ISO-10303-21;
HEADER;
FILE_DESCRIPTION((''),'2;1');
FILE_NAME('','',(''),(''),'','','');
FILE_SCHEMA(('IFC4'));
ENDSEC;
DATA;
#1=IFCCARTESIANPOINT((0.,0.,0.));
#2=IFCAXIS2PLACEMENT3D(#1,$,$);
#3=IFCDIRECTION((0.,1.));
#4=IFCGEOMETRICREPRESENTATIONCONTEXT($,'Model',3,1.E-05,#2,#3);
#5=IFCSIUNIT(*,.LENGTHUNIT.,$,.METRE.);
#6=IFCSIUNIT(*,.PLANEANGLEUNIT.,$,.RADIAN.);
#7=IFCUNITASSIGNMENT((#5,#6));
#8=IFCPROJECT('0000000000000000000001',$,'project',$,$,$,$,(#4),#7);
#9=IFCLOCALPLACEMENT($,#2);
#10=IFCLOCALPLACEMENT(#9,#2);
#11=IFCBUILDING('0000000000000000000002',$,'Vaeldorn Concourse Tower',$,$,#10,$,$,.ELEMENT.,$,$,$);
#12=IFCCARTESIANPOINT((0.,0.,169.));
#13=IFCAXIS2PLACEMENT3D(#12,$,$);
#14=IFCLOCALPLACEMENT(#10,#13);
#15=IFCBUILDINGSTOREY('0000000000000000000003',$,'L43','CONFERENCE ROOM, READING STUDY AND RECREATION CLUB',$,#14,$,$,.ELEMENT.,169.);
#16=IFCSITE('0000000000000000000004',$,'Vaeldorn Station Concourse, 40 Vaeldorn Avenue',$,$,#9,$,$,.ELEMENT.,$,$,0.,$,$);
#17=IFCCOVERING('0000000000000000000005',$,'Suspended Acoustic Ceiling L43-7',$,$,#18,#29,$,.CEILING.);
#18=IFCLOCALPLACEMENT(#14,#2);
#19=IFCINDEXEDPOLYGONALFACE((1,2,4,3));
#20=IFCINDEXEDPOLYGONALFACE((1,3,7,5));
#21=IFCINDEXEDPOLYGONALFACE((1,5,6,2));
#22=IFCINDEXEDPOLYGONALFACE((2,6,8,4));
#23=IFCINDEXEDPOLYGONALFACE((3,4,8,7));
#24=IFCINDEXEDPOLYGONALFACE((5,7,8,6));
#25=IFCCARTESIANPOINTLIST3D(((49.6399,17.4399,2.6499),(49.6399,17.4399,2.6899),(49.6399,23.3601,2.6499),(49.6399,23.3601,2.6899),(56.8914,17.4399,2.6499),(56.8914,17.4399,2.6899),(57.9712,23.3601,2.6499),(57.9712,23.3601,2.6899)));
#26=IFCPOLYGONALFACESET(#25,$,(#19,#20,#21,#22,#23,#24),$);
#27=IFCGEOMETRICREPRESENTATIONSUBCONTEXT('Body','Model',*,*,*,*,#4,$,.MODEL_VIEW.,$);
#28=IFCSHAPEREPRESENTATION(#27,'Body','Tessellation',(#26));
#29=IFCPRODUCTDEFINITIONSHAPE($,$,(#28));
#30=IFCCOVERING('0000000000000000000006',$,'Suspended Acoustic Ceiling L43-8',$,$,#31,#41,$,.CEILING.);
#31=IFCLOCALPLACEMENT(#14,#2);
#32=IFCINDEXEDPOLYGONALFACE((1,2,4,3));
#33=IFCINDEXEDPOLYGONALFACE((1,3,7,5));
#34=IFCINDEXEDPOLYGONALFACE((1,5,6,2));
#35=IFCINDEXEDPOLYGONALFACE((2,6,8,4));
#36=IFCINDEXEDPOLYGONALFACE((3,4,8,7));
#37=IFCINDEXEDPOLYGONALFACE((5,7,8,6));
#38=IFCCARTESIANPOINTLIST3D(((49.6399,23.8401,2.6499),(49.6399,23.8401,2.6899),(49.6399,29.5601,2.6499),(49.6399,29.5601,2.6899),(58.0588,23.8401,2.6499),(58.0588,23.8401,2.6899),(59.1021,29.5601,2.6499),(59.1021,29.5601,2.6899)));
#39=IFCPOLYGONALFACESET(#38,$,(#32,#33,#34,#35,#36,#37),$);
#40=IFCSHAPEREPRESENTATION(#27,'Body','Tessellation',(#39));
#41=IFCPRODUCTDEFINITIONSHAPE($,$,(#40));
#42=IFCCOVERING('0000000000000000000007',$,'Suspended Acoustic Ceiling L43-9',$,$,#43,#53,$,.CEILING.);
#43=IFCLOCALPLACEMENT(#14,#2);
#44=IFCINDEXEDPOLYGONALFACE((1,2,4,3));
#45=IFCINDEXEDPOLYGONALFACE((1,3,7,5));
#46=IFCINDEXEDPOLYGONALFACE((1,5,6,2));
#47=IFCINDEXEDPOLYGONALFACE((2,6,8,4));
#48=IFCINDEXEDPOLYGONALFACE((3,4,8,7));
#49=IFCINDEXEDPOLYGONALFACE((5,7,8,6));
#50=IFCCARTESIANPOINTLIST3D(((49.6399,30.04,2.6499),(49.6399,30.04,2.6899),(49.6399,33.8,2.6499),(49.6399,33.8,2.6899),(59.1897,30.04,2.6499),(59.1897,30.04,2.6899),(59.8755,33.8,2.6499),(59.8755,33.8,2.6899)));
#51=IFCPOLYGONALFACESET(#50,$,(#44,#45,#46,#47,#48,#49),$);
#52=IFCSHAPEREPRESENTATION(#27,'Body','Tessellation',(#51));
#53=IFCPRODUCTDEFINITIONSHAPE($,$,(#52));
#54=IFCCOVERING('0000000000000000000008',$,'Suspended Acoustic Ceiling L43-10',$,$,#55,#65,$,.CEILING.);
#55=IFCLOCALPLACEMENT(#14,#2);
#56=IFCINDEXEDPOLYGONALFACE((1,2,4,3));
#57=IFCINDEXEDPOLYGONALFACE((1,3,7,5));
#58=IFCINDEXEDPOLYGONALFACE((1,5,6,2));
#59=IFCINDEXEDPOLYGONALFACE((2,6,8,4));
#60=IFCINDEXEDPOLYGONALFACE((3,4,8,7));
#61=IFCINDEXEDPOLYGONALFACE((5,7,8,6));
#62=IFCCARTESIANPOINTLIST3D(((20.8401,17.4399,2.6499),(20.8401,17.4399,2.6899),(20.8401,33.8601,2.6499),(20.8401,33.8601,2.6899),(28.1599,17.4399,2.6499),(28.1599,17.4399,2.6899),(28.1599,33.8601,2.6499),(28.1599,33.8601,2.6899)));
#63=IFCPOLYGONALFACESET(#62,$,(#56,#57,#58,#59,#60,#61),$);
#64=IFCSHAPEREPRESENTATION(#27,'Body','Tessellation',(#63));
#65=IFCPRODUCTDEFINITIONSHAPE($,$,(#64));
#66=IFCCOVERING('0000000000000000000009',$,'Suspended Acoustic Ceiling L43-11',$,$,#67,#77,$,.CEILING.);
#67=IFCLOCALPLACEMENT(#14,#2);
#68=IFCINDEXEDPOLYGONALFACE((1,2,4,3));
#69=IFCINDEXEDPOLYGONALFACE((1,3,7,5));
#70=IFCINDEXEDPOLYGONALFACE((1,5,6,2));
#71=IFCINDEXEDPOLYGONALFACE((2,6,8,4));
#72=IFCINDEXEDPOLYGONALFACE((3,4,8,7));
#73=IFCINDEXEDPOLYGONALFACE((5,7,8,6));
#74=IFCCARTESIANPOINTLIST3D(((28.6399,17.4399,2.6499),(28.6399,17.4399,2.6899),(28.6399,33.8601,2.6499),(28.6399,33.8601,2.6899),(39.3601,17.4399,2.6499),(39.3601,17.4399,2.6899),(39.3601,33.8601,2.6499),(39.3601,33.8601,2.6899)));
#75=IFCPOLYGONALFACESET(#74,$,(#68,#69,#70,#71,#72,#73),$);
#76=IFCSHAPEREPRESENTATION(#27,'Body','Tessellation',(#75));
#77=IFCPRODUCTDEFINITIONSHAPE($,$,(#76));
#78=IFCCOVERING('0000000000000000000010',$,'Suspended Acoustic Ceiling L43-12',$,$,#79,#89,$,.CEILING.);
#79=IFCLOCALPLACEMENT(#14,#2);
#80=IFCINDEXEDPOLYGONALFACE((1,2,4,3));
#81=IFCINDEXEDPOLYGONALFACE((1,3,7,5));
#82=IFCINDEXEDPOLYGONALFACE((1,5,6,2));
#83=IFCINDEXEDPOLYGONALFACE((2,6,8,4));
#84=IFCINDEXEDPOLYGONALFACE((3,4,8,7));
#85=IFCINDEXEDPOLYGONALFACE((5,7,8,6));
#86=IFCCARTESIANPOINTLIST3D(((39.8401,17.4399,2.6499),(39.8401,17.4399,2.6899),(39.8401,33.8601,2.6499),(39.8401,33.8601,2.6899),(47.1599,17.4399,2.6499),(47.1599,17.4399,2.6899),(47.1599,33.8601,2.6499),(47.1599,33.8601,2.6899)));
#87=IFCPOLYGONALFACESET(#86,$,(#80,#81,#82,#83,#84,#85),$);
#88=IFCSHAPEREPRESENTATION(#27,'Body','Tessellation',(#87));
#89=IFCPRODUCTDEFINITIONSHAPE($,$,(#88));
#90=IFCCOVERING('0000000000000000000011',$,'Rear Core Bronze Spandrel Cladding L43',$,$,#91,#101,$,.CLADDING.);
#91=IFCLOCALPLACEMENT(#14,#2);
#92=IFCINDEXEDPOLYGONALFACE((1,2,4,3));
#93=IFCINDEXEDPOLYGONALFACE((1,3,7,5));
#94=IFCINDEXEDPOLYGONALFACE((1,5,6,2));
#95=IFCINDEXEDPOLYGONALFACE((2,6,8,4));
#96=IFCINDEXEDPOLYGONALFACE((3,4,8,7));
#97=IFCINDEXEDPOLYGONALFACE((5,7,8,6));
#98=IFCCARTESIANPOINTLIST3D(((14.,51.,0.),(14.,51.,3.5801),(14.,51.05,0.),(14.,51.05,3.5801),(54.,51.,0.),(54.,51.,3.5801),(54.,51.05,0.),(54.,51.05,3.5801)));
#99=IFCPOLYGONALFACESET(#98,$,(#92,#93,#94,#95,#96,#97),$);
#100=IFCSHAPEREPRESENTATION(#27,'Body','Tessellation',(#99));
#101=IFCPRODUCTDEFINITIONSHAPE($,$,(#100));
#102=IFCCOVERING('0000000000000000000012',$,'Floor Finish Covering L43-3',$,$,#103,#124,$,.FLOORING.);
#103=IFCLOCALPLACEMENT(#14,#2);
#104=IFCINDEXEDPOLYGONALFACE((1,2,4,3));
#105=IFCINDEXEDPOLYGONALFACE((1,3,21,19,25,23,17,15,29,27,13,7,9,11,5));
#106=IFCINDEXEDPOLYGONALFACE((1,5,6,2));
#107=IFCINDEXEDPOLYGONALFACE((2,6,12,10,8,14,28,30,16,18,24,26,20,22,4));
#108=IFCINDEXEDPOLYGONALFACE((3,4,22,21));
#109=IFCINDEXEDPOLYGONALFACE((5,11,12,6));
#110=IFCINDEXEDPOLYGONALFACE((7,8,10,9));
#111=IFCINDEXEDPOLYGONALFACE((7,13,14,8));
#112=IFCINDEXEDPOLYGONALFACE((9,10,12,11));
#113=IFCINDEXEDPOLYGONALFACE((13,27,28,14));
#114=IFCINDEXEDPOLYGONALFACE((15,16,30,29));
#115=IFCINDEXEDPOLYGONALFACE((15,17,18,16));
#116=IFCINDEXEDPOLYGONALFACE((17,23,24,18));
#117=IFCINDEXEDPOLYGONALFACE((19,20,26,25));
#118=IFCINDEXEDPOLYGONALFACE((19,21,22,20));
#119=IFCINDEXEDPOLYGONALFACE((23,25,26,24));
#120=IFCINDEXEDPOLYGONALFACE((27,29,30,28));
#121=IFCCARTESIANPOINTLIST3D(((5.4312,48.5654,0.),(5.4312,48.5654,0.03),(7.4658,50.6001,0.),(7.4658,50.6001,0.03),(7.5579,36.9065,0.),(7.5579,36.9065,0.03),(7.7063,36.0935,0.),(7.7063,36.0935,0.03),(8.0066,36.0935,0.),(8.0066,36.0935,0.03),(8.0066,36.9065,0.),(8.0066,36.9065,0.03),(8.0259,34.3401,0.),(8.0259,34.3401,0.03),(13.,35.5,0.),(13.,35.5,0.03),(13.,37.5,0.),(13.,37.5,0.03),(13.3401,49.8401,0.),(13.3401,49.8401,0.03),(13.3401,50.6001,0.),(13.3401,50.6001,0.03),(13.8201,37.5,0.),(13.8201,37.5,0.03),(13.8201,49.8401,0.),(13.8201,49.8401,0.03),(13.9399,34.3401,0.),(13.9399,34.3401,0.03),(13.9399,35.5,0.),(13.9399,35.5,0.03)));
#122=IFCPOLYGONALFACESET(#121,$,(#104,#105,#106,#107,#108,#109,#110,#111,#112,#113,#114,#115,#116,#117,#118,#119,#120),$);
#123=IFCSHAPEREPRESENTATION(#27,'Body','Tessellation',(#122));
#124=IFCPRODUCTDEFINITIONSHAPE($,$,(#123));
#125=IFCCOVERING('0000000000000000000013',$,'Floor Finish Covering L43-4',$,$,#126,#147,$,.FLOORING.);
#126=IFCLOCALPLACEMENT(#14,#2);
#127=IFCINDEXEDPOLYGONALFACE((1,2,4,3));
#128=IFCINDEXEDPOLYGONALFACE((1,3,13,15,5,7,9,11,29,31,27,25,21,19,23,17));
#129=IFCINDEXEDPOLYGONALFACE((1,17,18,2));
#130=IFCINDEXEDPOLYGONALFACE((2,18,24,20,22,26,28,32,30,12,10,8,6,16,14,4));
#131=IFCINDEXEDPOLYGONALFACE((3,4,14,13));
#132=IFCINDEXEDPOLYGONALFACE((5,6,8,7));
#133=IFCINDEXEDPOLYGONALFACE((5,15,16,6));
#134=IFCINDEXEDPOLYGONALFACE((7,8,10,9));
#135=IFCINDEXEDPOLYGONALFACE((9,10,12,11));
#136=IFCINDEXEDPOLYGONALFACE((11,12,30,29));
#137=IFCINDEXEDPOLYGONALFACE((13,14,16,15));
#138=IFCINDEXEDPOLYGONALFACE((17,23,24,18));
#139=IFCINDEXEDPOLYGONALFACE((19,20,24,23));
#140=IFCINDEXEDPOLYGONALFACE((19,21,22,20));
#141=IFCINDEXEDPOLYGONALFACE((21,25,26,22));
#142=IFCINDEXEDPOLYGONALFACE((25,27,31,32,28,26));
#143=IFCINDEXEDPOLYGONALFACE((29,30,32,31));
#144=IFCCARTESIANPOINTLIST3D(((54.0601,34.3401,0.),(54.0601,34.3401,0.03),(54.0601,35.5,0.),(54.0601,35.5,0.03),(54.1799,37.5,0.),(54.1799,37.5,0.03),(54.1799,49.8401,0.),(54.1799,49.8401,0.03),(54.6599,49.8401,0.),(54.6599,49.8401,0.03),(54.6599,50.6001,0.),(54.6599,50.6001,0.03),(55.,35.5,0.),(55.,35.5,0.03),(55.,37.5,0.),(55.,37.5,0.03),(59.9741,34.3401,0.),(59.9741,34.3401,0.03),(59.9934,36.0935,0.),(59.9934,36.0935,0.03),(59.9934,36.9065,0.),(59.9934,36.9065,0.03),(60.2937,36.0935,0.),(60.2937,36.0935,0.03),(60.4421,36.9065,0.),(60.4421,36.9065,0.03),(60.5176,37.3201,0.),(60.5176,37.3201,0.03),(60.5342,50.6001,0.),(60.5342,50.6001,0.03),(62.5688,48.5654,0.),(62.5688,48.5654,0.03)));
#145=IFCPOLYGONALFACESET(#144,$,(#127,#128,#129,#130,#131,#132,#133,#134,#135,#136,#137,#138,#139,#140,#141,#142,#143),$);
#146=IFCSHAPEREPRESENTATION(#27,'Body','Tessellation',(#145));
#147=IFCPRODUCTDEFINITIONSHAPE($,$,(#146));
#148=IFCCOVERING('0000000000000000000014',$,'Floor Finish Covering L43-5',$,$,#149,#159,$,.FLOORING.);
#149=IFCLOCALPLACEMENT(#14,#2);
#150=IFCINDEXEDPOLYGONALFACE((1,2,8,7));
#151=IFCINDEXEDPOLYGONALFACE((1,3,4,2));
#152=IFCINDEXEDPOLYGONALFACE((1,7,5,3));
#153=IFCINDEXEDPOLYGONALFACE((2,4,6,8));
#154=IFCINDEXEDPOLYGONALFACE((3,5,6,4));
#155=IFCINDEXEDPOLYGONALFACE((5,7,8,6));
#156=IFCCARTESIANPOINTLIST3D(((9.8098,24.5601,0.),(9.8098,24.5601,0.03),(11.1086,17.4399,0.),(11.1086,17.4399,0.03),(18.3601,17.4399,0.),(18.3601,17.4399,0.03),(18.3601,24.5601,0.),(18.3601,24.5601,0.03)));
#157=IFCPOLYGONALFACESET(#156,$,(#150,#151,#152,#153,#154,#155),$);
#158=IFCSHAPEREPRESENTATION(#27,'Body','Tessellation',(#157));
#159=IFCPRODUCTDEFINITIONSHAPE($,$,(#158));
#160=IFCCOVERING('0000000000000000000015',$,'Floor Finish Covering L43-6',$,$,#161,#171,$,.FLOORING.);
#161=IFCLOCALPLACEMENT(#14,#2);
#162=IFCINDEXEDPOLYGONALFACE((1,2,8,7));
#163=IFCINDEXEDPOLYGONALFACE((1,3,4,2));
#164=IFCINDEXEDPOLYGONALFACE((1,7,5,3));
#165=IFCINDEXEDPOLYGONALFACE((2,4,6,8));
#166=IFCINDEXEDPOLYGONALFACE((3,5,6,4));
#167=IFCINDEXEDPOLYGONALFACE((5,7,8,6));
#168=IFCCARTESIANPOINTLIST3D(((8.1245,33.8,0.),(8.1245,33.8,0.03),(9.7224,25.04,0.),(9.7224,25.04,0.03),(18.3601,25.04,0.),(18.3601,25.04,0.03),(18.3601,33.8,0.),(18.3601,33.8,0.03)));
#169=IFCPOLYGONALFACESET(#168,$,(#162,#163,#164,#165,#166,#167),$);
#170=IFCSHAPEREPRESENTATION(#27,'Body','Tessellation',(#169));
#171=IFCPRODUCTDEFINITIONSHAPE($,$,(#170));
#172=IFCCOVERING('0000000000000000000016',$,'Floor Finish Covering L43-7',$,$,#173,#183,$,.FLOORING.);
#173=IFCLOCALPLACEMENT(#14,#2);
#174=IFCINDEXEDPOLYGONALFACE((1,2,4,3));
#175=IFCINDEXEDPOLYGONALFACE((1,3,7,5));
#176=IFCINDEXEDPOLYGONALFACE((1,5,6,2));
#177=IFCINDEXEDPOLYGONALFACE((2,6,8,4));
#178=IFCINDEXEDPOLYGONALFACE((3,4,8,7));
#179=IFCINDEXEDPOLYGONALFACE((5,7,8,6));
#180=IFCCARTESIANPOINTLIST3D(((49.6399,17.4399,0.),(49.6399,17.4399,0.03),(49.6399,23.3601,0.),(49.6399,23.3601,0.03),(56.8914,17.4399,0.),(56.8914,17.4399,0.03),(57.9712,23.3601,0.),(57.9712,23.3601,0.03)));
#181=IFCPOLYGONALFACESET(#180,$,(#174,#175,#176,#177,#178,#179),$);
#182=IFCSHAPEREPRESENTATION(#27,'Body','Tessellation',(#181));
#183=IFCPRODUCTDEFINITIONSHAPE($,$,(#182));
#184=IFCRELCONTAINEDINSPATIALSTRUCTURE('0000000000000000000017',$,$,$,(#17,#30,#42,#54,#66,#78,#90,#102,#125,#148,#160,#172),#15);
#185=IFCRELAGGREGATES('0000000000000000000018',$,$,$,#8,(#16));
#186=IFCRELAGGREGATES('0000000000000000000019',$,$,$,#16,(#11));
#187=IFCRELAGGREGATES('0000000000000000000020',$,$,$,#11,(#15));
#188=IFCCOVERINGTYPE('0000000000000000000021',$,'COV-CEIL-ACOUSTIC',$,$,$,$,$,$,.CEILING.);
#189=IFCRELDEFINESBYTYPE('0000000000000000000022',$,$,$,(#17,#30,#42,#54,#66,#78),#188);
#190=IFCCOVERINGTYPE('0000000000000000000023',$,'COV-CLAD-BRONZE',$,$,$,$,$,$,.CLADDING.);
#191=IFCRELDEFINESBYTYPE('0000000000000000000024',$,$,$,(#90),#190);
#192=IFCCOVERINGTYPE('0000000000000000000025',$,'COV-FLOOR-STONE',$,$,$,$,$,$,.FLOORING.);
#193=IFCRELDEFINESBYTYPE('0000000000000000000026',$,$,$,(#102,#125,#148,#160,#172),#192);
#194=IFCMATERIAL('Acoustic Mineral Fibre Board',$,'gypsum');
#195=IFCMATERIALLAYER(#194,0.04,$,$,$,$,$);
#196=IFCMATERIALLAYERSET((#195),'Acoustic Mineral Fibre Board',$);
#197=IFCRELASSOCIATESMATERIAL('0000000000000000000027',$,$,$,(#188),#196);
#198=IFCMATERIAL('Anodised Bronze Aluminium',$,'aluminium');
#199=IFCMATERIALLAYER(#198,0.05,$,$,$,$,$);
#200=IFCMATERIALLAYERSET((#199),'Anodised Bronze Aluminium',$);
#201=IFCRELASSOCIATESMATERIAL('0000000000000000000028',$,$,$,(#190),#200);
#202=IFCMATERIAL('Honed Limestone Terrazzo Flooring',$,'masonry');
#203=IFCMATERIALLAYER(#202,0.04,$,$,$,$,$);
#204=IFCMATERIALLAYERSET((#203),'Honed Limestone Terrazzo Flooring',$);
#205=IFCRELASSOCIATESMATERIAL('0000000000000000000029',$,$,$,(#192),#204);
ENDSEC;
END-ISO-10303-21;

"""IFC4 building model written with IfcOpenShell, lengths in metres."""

from ifc_helpers import new_model, si_unit, direction, frame, origin, place, context, subcontext, project, spatial, polyline, outline, extrude, material, layer, layer_set, type_object, element, save


model = new_model("IFC4")

# Units and contexts
model_context = context("Model", 3, precision=1e-05, world=origin(), true_north=direction((0.0, 1.0)))
body_context = subcontext(model_context, "Body", "Model", "MODEL_VIEW")
ifc_project = project(units=[si_unit("LENGTHUNIT", "METRE"), si_unit("PLANEANGLEUNIT", "RADIAN")], contexts=[model_context])

# Site, building, storey
site_placement = place(None, origin())
site = spatial("IfcSite", under=ifc_project, at=site_placement, Name="Vaeldorn Station Concourse, 40 Vaeldorn Avenue", CompositionType="ELEMENT", RefElevation=0.0)
building_placement = place(site_placement, origin())
building = spatial("IfcBuilding", under=site, at=building_placement, Name="Vaeldorn Concourse Tower", CompositionType="ELEMENT")
storey_placement = place(building_placement, frame((0.0, 0.0, 169.0)))
storey = spatial("IfcBuildingStorey", under=building, at=storey_placement, Name="L43", Description="CONFERENCE ROOM, READING STUDY AND RECREATION CLUB", CompositionType="ELEMENT", Elevation=169.0)

# Coverings
ifc_material_1 = material(Name="Acoustic Mineral Fibre Board", Category="gypsum")
ifc_layer_1 = layer(ifc_material_1, 0.04)
ifc_layer_set_1 = layer_set([ifc_layer_1], Name="Acoustic Mineral Fibre Board")
covering_type_1 = type_object("IfcCoveringType", Name="COV-CEIL-ACOUSTIC", PredefinedType="CEILING", material=ifc_layer_set_1)
covering_1_placement = place(storey_placement, frame((0.0, 0.0, 2.6499)))
element("IfcCovering", 1, at=covering_1_placement, inside=storey, type_object=covering_type_1, Name="Suspended Acoustic Ceiling L43-7", PredefinedType="CEILING", context=body_context, shape_type="SweptSolid", body=[
    extrude(outline(polyline([(49.6399, 17.4399), (49.6399, 23.3601), (57.9712, 23.3601), (56.8914, 17.4399), (49.6399, 17.4399)])), origin(), (0.0, 0.0, 1.0), 0.04),
])
covering_2_placement = place(storey_placement, frame((0.0, 0.0, 2.6499)))
element("IfcCovering", 2, at=covering_2_placement, inside=storey, type_object=covering_type_1, Name="Suspended Acoustic Ceiling L43-8", PredefinedType="CEILING", context=body_context, shape_type="SweptSolid", body=[
    extrude(outline(polyline([(49.6399, 23.8401), (49.6399, 29.5601), (59.1021, 29.5601), (58.0588, 23.8401), (49.6399, 23.8401)])), origin(), (0.0, 0.0, 1.0), 0.04),
])
covering_3_placement = place(storey_placement, frame((0.0, 0.0, 2.6499)))
element("IfcCovering", 3, at=covering_3_placement, inside=storey, type_object=covering_type_1, Name="Suspended Acoustic Ceiling L43-9", PredefinedType="CEILING", context=body_context, shape_type="SweptSolid", body=[
    extrude(outline(polyline([(49.6399, 30.04), (49.6399, 33.8), (59.8755, 33.8), (59.1897, 30.04), (49.6399, 30.04)])), origin(), (0.0, 0.0, 1.0), 0.04),
])
covering_4_placement = place(storey_placement, frame((0.0, 0.0, 2.6499)))
element("IfcCovering", 4, at=covering_4_placement, inside=storey, type_object=covering_type_1, Name="Suspended Acoustic Ceiling L43-10", PredefinedType="CEILING", context=body_context, shape_type="SweptSolid", body=[
    extrude(outline(polyline([(20.8401, 33.8601), (28.1599, 33.8601), (28.1599, 17.4399), (20.8401, 17.4399), (20.8401, 33.8601)])), origin(), (0.0, 0.0, 1.0), 0.04),
])
covering_5_placement = place(storey_placement, frame((0.0, 0.0, 2.6499)))
element("IfcCovering", 5, at=covering_5_placement, inside=storey, type_object=covering_type_1, Name="Suspended Acoustic Ceiling L43-11", PredefinedType="CEILING", context=body_context, shape_type="SweptSolid", body=[
    extrude(outline(polyline([(28.6399, 33.8601), (39.3601, 33.8601), (39.3601, 17.4399), (28.6399, 17.4399), (28.6399, 33.8601)])), origin(), (0.0, 0.0, 1.0), 0.04),
])
covering_6_placement = place(storey_placement, frame((0.0, 0.0, 2.6499)))
element("IfcCovering", 6, at=covering_6_placement, inside=storey, type_object=covering_type_1, Name="Suspended Acoustic Ceiling L43-12", PredefinedType="CEILING", context=body_context, shape_type="SweptSolid", body=[
    extrude(outline(polyline([(39.8401, 33.8601), (47.1599, 33.8601), (47.1599, 17.4399), (39.8401, 17.4399), (39.8401, 33.8601)])), origin(), (0.0, 0.0, 1.0), 0.04),
])
ifc_material_2 = material(Name="Anodised Bronze Aluminium", Category="aluminium")
ifc_layer_2 = layer(ifc_material_2, 0.05)
ifc_layer_set_2 = layer_set([ifc_layer_2], Name="Anodised Bronze Aluminium")
covering_type_2 = type_object("IfcCoveringType", Name="COV-CLAD-BRONZE", PredefinedType="CLADDING", material=ifc_layer_set_2)
covering_7_placement = place(storey_placement, origin())
element("IfcCovering", 7, at=covering_7_placement, inside=storey, type_object=covering_type_2, Name="Rear Core Bronze Spandrel Cladding L43", PredefinedType="CLADDING", context=body_context, shape_type="SweptSolid", body=[
    extrude(outline(polyline([(14.0, 51.0), (54.0, 51.0), (54.0, 51.05), (14.0, 51.05), (14.0, 51.0)])), origin(), (0.0, 0.0, 1.0), 3.5801),
])
ifc_material_3 = material(Name="Honed Limestone Terrazzo Flooring", Category="masonry")
ifc_layer_3 = layer(ifc_material_3, 0.04)
ifc_layer_set_3 = layer_set([ifc_layer_3], Name="Honed Limestone Terrazzo Flooring")
covering_type_3 = type_object("IfcCoveringType", Name="COV-FLOOR-STONE", PredefinedType="FLOORING", material=ifc_layer_set_3)
covering_8_placement = place(storey_placement, origin())
element("IfcCovering", 8, at=covering_8_placement, inside=storey, type_object=covering_type_3, Name="Floor Finish Covering L43-3", PredefinedType="FLOORING", context=body_context, shape_type="SweptSolid", body=[
    extrude(outline(polyline([(7.4658, 50.6001), (13.3401, 50.6001), (13.3401, 49.8401), (13.8201, 49.8401), (13.8201, 37.5), (13.0, 37.5), (13.0, 35.5), (13.9399, 35.5), (13.9399, 34.3401), (8.0259, 34.3401), (7.7063, 36.0935), (8.0066, 36.0935), (8.0066, 36.9065), (7.5579, 36.9065), (5.4312, 48.5654), (7.4658, 50.6001)])), origin(), (0.0, 0.0, 1.0), 0.03),
])
covering_9_placement = place(storey_placement, origin())
element("IfcCovering", 9, at=covering_9_placement, inside=storey, type_object=covering_type_3, Name="Floor Finish Covering L43-4", PredefinedType="FLOORING", context=body_context, shape_type="SweptSolid", body=[
    extrude(outline(polyline([(54.1799, 49.8401), (54.6599, 49.8401), (54.6599, 50.6001), (60.5342, 50.6001), (62.5688, 48.5654), (60.5176, 37.3201), (60.5176, 37.3201), (60.4421, 36.9065), (59.9934, 36.9065), (59.9934, 36.0935), (60.2937, 36.0935), (59.9741, 34.3401), (54.0601, 34.3401), (54.0601, 35.5), (55.0, 35.5), (55.0, 37.5), (54.1799, 37.5), (54.1799, 49.8401)])), origin(), (0.0, 0.0, 1.0), 0.03),
])
covering_10_placement = place(storey_placement, origin())
element("IfcCovering", 10, at=covering_10_placement, inside=storey, type_object=covering_type_3, Name="Floor Finish Covering L43-5", PredefinedType="FLOORING", context=body_context, shape_type="SweptSolid", body=[
    extrude(outline(polyline([(18.3601, 24.5601), (18.3601, 17.4399), (11.1086, 17.4399), (9.8098, 24.5601), (18.3601, 24.5601)])), origin(), (0.0, 0.0, 1.0), 0.03),
])
covering_11_placement = place(storey_placement, origin())
element("IfcCovering", 11, at=covering_11_placement, inside=storey, type_object=covering_type_3, Name="Floor Finish Covering L43-6", PredefinedType="FLOORING", context=body_context, shape_type="SweptSolid", body=[
    extrude(outline(polyline([(18.3601, 33.8), (18.3601, 25.04), (9.7224, 25.04), (8.1245, 33.8), (18.3601, 33.8)])), origin(), (0.0, 0.0, 1.0), 0.03),
])
covering_12_placement = place(storey_placement, origin())
element("IfcCovering", 12, at=covering_12_placement, inside=storey, type_object=covering_type_3, Name="Floor Finish Covering L43-7", PredefinedType="FLOORING", context=body_context, shape_type="SweptSolid", body=[
    extrude(outline(polyline([(49.6399, 17.4399), (49.6399, 23.3601), (57.9712, 23.3601), (56.8914, 17.4399), (49.6399, 17.4399)])), origin(), (0.0, 0.0, 1.0), 0.03),
])

save(model, "model.ifc")
